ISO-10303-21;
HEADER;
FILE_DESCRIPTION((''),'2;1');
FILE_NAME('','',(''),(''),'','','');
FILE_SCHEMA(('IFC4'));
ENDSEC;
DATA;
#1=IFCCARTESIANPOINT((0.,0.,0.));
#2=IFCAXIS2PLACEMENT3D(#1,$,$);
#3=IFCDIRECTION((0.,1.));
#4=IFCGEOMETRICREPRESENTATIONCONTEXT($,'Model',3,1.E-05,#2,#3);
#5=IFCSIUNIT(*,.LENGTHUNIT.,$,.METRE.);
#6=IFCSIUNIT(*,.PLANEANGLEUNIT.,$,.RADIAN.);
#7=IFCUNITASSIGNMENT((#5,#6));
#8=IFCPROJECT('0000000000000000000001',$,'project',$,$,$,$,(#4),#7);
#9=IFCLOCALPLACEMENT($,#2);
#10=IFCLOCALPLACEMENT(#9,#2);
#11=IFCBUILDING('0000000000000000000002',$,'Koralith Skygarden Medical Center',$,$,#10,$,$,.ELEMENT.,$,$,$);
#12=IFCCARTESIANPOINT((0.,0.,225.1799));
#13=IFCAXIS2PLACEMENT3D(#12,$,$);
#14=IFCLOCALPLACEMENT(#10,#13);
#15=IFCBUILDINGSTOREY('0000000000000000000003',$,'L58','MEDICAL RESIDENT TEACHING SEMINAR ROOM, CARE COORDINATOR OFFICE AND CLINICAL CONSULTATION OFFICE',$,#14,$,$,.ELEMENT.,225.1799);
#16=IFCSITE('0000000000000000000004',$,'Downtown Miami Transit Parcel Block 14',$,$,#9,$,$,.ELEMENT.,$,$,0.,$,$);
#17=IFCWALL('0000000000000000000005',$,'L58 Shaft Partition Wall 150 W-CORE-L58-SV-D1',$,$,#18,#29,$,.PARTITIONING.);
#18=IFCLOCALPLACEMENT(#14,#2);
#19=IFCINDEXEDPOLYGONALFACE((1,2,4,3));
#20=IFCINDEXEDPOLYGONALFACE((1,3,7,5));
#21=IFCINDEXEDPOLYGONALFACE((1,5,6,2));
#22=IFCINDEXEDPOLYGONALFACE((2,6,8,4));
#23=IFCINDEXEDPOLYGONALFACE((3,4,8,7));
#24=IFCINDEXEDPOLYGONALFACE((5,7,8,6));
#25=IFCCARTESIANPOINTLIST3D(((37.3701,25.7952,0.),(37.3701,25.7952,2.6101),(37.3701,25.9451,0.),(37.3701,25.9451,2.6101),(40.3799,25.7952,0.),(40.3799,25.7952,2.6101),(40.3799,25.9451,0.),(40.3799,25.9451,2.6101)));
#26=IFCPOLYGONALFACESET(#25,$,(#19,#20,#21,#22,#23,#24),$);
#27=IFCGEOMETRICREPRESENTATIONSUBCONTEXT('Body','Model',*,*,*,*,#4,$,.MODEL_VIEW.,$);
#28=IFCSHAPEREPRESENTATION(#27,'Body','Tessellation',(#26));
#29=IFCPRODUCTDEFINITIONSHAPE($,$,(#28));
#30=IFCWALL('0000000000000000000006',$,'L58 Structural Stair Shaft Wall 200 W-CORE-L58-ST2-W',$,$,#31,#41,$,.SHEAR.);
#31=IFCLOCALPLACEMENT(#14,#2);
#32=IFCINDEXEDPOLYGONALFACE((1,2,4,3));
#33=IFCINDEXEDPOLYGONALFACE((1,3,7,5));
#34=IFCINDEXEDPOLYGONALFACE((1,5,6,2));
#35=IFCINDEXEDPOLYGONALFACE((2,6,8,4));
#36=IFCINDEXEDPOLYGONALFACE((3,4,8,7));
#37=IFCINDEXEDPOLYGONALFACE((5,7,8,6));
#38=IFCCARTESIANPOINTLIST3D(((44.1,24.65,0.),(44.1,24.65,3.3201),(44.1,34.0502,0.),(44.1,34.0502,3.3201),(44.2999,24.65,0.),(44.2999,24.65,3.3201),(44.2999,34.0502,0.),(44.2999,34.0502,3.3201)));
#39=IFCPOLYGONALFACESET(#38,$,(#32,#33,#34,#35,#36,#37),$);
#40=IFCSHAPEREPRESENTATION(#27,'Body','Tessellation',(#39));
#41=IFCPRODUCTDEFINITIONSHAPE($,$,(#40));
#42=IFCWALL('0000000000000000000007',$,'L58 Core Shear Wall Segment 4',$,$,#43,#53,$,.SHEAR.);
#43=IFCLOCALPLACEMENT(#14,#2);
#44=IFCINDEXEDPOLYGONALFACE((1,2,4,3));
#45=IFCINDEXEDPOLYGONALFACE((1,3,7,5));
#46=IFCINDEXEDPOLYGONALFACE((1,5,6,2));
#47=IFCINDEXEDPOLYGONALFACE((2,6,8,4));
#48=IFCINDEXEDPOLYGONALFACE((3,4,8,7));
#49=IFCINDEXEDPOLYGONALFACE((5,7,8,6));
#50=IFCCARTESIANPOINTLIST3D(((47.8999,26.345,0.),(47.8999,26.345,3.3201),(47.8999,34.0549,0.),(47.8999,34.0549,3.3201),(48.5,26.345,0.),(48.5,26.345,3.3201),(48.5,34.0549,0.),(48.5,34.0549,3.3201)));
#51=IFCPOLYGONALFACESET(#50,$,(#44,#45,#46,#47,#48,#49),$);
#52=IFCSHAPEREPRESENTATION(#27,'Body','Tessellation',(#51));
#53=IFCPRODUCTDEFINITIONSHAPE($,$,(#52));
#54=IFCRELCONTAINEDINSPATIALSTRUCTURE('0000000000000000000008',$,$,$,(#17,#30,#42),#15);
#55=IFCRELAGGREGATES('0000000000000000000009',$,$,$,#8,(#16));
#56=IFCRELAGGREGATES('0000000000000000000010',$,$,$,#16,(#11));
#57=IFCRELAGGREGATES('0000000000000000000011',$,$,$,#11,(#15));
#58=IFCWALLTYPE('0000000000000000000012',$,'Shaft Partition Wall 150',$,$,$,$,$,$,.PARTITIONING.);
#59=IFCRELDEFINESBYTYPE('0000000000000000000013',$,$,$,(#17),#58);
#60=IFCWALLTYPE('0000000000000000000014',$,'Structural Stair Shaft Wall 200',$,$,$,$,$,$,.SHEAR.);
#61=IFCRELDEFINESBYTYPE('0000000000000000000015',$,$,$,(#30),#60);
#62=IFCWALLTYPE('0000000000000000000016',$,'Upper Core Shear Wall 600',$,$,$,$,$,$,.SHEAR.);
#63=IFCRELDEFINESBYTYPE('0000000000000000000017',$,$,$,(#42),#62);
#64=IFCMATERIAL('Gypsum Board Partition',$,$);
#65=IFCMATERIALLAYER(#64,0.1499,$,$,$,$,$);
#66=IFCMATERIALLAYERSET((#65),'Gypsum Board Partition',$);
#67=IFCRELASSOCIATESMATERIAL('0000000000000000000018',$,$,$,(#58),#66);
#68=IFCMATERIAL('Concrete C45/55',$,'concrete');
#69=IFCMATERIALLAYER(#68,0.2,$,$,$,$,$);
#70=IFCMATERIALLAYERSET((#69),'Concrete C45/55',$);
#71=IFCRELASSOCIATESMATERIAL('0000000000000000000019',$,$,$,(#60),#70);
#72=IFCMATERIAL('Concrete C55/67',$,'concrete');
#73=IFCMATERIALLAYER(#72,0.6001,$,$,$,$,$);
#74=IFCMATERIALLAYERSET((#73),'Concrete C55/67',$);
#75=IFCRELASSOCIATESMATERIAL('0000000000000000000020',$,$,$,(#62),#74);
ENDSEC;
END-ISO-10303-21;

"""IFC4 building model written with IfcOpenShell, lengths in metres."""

from ifc_helpers import new_model, si_unit, direction, frame, frame_2d, origin, place, context, subcontext, project, spatial, rectangle, extrude, material, layer, layer_set, type_object, element, save


model = new_model("IFC4")

# Units and contexts
model_context = context("Model", 3, precision=1e-05, world=origin(), true_north=direction((0.0, 1.0)))
body_context = subcontext(model_context, "Body", "Model", "MODEL_VIEW")
ifc_project = project(units=[si_unit("LENGTHUNIT", "METRE"), si_unit("PLANEANGLEUNIT", "RADIAN")], contexts=[model_context])

# Site, building, storey
site_placement = place(None, origin())
site = spatial("IfcSite", under=ifc_project, at=site_placement, Name="Downtown Miami Transit Parcel Block 14", CompositionType="ELEMENT", RefElevation=0.0)
building_placement = place(site_placement, origin())
building = spatial("IfcBuilding", under=site, at=building_placement, Name="Koralith Skygarden Medical Center", CompositionType="ELEMENT")
storey_placement = place(building_placement, frame((0.0, 0.0, 225.1799)))
storey = spatial("IfcBuildingStorey", under=building, at=storey_placement, Name="L58", Description="MEDICAL RESIDENT TEACHING SEMINAR ROOM, CARE COORDINATOR OFFICE AND CLINICAL CONSULTATION OFFICE", CompositionType="ELEMENT", Elevation=225.1799)

# Shared definitions
ifc_material_1 = material(Name="Concrete C55/67", Category="concrete")

# Shared definitions
ifc_material_2 = material(Name="Concrete C45/55", Category="concrete")

# Shared definitions
ifc_material_3 = material(Name="Gypsum Board Partition")

# Walls
ifc_layer_1 = layer(ifc_material_3, 0.1499)
ifc_layer_set_1 = layer_set([ifc_layer_1], Name="Gypsum Board Partition")
wall_type_1 = type_object("IfcWallType", Name="Shaft Partition Wall 150", PredefinedType="PARTITIONING", material=ifc_layer_set_1)
wall_1_placement = place(storey_placement, frame((37.3701, 25.8701, 0.0), z_axis=(0.0, 0.0, 1.0), x_axis=(1.0, 0.0, 0.0)))
element("IfcWall", 1, at=wall_1_placement, inside=storey, type_object=wall_type_1, Name="L58 Shaft Partition Wall 150 W-CORE-L58-SV-D1", PredefinedType="PARTITIONING", context=body_context, shape_type="SweptSolid", body=[
    extrude(rectangle(XDim=3.0098, YDim=0.1499, at=frame_2d((1.5049, 0.0))), origin(), (0.0, 0.0, 1.0), 2.6101),
])
ifc_layer_2 = layer(ifc_material_2, 0.2)
ifc_layer_set_2 = layer_set([ifc_layer_2], Name="Concrete C45/55")
wall_type_2 = type_object("IfcWallType", Name="Structural Stair Shaft Wall 200", PredefinedType="SHEAR", material=ifc_layer_set_2)
wall_2_placement = place(storey_placement, frame((44.2, 24.6499, 0.0), z_axis=(0.0, 0.0, 1.0), x_axis=(0.0, 1.0, 0.0)))
element("IfcWall", 2, at=wall_2_placement, inside=storey, type_object=wall_type_2, Name="L58 Structural Stair Shaft Wall 200 W-CORE-L58-ST2-W", PredefinedType="SHEAR", context=body_context, shape_type="SweptSolid", body=[
    extrude(rectangle(XDim=9.4001, YDim=0.2, at=frame_2d((4.7002, 0.0))), origin(), (0.0, 0.0, 1.0), 3.3201),
])

# Shared definitions
ifc_layer_3 = layer(ifc_material_1, 0.6001)
ifc_layer_set_3 = layer_set([ifc_layer_3], Name="Concrete C55/67")
wall_type_3 = type_object("IfcWallType", Name="Upper Core Shear Wall 600", PredefinedType="SHEAR", material=ifc_layer_set_3)

# Wall
wall_3_placement = place(storey_placement, frame((48.2, 26.345, 0.0), z_axis=(0.0, 0.0, 1.0), x_axis=(0.0, 1.0, 0.0)))
element("IfcWall", 3, at=wall_3_placement, inside=storey, type_object=wall_type_3, Name="L58 Core Shear Wall Segment 4", PredefinedType="SHEAR", context=body_context, shape_type="SweptSolid", body=[
    extrude(rectangle(XDim=7.71, YDim=0.6001, at=frame_2d((3.855, 0.0))), origin(), (0.0, 0.0, 1.0), 3.3201),
])

save(model, "model.ifc")
